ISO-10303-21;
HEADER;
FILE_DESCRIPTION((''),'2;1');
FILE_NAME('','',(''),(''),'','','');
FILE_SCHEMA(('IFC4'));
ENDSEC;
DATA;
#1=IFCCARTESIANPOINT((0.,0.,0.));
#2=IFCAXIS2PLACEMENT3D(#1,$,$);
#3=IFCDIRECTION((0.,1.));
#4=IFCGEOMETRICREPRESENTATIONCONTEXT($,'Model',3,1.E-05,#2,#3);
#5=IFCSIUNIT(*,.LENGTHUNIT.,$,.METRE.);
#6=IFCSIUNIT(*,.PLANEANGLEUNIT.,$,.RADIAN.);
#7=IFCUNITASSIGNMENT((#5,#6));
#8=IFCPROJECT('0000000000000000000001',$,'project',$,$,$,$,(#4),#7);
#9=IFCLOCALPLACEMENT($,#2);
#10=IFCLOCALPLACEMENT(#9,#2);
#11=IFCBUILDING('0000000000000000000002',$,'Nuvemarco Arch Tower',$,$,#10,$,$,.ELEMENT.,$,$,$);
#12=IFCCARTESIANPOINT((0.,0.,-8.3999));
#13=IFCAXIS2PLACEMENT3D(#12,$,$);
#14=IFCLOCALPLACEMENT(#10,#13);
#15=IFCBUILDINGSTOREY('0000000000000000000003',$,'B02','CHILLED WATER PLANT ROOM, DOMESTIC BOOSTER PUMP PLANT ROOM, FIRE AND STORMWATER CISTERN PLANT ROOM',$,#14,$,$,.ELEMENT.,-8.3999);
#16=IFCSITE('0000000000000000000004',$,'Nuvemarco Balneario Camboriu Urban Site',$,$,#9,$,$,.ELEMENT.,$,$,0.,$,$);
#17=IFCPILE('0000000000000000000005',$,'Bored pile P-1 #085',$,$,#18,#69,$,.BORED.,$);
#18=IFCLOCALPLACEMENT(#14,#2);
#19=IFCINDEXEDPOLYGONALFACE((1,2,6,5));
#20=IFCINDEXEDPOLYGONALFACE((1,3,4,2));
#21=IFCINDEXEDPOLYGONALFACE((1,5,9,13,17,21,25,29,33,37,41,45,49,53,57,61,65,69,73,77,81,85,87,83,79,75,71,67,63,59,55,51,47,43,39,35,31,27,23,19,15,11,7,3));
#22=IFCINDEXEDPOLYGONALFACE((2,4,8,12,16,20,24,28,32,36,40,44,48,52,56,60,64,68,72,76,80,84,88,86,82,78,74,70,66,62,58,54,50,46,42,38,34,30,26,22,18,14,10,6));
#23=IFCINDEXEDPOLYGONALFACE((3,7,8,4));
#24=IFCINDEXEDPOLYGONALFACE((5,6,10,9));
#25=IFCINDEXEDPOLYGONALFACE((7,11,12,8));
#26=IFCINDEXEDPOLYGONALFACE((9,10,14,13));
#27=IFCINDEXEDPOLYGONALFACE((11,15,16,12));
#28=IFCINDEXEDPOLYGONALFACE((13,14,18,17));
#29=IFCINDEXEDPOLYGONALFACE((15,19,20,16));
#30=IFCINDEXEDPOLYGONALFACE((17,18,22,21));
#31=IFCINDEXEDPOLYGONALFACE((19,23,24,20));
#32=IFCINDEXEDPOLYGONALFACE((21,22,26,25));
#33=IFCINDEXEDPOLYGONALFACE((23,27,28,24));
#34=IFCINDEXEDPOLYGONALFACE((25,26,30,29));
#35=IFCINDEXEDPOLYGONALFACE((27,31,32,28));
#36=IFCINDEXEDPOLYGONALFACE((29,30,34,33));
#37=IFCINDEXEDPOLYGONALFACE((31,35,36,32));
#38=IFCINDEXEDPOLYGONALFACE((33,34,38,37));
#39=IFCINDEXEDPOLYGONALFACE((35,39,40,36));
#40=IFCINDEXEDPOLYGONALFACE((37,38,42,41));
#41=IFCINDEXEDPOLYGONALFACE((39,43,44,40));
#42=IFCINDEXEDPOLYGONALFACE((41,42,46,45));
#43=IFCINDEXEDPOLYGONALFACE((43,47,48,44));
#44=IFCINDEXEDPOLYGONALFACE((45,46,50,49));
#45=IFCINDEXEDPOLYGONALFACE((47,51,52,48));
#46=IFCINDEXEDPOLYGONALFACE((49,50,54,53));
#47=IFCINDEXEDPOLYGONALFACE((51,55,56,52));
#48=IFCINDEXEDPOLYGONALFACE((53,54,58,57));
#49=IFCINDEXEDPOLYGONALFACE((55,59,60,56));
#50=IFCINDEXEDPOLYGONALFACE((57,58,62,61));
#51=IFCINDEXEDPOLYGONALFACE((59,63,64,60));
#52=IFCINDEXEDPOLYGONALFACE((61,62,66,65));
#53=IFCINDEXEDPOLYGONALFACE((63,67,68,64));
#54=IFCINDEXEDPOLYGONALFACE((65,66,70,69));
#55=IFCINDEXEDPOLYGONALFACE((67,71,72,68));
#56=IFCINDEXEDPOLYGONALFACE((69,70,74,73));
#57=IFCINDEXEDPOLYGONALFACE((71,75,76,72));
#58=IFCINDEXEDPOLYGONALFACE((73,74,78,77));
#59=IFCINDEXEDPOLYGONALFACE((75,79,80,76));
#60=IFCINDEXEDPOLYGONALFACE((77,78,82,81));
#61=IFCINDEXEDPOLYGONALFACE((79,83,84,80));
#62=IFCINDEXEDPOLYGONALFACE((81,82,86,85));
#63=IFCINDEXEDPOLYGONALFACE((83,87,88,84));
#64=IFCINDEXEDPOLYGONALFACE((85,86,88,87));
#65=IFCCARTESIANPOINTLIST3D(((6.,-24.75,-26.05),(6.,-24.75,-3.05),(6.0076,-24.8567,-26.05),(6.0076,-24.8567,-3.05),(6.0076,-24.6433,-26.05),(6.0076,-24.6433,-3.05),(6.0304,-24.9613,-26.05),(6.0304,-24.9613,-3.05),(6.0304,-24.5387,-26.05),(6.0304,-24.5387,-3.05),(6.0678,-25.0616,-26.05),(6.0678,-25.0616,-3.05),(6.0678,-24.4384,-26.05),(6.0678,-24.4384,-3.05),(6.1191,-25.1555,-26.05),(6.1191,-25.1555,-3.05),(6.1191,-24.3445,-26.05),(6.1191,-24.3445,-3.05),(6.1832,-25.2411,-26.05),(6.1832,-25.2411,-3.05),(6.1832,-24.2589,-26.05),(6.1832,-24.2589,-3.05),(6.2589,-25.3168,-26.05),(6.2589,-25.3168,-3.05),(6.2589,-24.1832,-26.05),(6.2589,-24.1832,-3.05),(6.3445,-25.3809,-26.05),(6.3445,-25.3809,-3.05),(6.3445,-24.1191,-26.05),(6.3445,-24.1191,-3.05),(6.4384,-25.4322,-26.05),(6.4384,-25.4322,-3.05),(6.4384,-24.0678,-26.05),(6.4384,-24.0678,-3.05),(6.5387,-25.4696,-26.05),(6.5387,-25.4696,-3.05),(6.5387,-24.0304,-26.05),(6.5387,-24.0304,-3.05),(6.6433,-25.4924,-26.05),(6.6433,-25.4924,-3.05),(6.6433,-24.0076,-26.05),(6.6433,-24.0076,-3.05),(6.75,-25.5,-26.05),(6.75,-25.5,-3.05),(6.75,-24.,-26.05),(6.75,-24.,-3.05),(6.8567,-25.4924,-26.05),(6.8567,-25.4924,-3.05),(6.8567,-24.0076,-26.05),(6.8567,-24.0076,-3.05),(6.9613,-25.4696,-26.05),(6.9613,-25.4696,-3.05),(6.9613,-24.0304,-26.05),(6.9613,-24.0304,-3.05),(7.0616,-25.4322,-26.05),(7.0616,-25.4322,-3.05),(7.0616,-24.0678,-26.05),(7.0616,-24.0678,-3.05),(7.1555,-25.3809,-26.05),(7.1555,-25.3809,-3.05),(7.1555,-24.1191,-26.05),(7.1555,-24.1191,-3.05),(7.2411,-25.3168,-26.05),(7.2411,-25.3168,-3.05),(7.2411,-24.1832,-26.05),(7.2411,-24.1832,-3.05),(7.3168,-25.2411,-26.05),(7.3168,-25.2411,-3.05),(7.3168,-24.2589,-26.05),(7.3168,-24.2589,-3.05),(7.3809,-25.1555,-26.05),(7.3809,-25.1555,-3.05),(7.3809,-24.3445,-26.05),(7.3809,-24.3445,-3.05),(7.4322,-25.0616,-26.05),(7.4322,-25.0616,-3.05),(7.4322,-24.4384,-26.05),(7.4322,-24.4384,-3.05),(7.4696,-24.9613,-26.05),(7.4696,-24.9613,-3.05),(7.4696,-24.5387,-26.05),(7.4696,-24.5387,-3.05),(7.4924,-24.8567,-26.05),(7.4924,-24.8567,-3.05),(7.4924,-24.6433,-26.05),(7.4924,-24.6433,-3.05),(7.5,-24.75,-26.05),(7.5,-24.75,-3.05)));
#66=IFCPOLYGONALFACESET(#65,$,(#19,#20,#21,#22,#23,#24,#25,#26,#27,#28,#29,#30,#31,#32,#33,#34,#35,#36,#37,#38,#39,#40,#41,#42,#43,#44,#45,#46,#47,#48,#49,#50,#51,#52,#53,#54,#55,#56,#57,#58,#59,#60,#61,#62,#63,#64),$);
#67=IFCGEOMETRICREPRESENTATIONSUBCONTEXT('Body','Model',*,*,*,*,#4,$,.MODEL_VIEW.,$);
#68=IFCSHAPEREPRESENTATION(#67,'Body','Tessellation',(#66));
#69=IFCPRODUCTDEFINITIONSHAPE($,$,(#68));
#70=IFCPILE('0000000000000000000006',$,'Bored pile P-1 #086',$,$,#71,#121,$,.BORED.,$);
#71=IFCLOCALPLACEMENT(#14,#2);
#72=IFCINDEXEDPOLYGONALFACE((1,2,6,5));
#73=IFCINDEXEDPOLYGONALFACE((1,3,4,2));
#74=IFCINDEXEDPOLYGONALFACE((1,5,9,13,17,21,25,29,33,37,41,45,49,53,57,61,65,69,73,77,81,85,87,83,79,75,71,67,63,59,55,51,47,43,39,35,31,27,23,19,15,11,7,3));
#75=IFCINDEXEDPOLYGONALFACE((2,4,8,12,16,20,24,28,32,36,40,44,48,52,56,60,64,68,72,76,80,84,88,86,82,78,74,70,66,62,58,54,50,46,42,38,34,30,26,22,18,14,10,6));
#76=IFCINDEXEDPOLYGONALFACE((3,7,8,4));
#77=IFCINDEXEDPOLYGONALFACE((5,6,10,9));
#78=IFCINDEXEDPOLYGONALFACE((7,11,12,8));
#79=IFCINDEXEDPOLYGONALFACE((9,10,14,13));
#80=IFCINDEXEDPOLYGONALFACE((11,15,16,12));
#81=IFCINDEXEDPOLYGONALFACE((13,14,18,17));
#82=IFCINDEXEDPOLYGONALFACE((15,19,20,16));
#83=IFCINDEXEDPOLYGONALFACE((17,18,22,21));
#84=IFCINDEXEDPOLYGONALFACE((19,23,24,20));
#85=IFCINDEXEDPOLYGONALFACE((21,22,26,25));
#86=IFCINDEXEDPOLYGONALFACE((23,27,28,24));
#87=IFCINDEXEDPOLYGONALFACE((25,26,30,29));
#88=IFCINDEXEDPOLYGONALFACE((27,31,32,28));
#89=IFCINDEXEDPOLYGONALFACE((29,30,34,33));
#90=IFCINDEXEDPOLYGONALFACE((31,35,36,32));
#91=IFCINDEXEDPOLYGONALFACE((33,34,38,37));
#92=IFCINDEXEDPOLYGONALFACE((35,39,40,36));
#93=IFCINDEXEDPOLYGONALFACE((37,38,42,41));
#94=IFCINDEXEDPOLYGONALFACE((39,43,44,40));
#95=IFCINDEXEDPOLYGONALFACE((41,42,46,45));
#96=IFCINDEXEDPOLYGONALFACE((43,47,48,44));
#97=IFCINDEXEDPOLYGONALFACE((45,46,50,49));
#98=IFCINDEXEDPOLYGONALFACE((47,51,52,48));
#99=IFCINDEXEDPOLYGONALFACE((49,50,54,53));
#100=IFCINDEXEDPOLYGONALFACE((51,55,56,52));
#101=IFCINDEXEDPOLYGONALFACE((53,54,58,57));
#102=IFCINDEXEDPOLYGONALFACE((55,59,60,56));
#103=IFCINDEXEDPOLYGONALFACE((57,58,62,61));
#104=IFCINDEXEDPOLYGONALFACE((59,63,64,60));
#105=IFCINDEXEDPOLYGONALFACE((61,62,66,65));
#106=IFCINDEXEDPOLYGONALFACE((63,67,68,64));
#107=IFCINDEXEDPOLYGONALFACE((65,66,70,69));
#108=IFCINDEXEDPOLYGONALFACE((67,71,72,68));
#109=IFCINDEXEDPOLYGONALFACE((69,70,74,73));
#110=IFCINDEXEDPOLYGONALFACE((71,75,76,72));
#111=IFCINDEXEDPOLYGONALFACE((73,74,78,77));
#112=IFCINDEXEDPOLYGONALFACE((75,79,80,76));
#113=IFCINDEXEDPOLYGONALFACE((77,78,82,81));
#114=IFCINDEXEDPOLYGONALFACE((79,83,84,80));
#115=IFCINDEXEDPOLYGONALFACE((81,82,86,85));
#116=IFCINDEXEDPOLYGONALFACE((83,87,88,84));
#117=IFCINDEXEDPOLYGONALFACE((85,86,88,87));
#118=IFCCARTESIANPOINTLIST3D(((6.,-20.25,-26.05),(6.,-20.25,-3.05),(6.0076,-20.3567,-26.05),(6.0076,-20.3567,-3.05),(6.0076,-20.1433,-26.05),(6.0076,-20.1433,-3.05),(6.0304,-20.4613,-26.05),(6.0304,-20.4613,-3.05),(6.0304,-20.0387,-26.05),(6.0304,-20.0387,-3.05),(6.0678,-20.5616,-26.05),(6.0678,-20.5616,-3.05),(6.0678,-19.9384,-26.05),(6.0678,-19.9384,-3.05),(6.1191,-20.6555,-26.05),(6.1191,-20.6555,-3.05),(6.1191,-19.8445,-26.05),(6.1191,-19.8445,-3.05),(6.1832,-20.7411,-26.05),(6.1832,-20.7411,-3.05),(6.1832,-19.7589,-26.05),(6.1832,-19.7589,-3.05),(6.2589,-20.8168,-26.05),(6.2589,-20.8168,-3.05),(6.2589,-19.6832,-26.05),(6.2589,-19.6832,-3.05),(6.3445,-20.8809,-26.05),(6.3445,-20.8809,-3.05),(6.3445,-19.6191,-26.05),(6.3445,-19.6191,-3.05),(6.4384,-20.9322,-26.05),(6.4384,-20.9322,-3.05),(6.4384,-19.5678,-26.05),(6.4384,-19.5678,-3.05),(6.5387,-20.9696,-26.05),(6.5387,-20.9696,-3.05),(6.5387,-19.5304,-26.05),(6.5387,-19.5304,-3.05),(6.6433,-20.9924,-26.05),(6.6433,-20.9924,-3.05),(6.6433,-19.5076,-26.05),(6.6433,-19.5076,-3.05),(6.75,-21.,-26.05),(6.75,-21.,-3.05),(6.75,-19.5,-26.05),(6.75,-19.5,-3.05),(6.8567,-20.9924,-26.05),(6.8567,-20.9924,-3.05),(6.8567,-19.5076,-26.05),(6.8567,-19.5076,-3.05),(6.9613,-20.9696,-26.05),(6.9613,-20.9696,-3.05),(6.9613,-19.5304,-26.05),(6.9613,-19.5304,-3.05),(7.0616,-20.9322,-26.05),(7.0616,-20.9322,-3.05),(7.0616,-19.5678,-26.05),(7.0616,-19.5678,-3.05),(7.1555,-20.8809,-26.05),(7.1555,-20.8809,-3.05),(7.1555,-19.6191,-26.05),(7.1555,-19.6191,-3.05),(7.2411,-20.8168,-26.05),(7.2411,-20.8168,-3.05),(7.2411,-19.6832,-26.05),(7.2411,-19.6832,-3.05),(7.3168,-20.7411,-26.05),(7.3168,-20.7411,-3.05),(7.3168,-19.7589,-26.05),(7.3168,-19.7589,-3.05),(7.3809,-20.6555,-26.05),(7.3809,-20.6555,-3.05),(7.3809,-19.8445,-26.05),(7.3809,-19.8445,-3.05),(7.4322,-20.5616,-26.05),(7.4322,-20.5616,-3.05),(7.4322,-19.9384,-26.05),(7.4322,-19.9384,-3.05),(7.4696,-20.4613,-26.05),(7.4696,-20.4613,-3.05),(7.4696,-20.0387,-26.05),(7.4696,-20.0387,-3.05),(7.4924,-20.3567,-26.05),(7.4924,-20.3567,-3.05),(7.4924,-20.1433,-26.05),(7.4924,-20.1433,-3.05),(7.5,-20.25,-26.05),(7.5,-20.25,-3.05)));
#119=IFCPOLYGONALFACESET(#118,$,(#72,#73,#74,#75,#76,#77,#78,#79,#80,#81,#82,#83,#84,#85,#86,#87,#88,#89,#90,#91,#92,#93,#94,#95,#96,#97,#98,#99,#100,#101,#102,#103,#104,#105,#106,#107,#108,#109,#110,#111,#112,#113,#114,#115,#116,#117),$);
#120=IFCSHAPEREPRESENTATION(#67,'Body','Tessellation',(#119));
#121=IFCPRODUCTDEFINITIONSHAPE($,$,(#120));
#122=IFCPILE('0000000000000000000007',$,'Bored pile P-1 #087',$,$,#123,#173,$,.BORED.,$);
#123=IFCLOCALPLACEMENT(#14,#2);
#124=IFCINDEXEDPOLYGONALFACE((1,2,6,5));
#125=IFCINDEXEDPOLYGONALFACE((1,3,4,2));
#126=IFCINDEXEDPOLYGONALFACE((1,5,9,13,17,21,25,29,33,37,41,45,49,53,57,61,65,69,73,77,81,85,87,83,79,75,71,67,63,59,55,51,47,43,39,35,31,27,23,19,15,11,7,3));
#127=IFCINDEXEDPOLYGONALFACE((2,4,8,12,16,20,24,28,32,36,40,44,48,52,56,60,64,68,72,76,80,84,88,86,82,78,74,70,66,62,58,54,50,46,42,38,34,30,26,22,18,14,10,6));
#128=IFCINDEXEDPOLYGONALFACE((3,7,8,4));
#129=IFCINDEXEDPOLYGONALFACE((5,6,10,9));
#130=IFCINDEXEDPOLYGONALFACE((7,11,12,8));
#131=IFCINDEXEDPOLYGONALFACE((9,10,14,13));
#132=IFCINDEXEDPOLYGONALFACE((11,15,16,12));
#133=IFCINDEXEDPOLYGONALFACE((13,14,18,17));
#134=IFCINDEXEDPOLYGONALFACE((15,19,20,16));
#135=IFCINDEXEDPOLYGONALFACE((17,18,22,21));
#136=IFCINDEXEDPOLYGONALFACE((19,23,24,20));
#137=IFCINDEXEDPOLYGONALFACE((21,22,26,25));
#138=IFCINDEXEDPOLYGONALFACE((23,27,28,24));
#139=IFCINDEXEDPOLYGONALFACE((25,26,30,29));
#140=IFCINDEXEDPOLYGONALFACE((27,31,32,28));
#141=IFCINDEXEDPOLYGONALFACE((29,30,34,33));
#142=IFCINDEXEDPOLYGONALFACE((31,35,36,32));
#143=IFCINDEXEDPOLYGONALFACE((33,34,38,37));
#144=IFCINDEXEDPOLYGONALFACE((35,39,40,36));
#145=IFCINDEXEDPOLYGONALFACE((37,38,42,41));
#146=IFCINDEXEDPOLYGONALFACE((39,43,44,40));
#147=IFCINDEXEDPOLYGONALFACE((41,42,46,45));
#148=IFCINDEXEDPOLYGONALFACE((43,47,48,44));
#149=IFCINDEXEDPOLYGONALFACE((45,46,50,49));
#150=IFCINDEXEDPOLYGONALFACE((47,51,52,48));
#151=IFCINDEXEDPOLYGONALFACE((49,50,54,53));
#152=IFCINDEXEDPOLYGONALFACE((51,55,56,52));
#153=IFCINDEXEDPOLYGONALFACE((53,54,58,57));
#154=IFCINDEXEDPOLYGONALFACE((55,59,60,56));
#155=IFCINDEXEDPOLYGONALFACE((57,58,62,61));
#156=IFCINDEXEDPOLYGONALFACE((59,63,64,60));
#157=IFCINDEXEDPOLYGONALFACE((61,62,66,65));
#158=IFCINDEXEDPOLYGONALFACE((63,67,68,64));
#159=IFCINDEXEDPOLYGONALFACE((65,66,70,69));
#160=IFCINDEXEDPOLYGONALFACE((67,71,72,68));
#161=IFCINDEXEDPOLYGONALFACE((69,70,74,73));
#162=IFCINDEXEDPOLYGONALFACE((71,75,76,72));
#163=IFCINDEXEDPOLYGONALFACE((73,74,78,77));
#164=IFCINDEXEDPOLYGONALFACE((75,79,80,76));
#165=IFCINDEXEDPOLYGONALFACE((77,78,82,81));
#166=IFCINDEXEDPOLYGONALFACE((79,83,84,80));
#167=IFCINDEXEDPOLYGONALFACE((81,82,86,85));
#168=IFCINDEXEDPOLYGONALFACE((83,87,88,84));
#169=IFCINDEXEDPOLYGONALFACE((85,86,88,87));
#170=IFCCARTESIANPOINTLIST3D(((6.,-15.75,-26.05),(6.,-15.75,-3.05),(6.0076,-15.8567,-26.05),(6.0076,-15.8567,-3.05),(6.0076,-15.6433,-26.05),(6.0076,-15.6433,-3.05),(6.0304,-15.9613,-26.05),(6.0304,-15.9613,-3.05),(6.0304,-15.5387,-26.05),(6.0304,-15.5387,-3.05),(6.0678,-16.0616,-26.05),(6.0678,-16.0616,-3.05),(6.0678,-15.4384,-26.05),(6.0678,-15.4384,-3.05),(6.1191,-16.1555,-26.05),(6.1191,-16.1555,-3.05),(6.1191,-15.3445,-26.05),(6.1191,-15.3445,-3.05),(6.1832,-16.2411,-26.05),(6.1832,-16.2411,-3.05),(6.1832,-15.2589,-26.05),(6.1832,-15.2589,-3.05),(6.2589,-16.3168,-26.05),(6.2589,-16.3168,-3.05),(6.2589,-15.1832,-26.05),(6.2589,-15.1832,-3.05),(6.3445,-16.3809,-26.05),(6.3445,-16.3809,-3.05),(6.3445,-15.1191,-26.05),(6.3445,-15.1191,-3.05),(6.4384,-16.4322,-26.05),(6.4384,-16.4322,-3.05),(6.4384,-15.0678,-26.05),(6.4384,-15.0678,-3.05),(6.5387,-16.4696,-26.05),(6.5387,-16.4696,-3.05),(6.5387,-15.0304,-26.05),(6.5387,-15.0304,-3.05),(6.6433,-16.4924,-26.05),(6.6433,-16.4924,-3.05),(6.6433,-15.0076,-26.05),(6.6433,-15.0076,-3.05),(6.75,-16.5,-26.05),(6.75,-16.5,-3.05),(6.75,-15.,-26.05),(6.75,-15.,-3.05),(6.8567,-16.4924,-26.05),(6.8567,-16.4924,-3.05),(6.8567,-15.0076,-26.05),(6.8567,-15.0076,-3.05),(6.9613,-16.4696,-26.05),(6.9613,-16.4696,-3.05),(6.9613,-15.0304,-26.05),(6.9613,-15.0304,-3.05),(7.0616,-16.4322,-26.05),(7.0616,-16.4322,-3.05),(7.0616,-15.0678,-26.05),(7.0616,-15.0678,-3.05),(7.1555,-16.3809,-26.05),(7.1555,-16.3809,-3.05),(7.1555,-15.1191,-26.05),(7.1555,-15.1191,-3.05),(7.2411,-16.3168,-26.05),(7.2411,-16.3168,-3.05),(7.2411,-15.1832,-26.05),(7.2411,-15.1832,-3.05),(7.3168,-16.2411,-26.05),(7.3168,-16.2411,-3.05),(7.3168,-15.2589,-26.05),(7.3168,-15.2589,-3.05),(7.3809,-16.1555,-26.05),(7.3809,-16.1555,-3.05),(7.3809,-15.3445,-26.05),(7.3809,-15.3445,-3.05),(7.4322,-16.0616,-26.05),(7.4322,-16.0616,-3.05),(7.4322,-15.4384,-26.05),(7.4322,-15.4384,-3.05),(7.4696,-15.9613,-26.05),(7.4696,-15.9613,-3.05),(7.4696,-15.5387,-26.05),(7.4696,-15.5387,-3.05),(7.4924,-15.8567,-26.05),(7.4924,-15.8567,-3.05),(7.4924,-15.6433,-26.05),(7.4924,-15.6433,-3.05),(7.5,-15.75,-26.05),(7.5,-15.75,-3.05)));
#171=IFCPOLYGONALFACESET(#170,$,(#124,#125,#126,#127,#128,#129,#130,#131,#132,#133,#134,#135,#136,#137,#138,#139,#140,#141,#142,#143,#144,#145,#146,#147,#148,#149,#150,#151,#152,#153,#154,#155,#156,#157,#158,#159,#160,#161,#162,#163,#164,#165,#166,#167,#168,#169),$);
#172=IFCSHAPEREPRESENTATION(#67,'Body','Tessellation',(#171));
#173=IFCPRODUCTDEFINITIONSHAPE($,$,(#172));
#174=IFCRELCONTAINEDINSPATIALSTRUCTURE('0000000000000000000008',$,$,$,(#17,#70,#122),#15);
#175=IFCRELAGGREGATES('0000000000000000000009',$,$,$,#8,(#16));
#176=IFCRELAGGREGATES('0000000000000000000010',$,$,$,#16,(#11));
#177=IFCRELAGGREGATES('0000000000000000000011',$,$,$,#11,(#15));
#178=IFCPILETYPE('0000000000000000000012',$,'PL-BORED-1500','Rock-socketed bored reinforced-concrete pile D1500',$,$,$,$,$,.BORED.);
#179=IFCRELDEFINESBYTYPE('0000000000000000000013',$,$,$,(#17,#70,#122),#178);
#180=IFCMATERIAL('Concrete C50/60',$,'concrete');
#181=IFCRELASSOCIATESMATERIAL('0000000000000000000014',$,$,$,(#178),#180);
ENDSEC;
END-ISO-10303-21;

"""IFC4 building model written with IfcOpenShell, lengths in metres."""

from ifc_helpers import new_model, si_unit, direction, frame, origin, origin_2d, place, context, subcontext, project, spatial, circle, extrude, material, material_profile, profile_set, type_object, element, save


model = new_model("IFC4")

# Units and contexts
model_context = context("Model", 3, precision=1e-05, world=origin(), true_north=direction((0.0, 1.0)))
body_context = subcontext(model_context, "Body", "Model", "MODEL_VIEW")
ifc_project = project(units=[si_unit("LENGTHUNIT", "METRE"), si_unit("PLANEANGLEUNIT", "RADIAN")], contexts=[model_context])

# Site, building, storey
site_placement = place(None, origin())
site = spatial("IfcSite", under=ifc_project, at=site_placement, Name="Nuvemarco Balneario Camboriu Urban Site", CompositionType="ELEMENT", RefElevation=0.0)
building_placement = place(site_placement, origin())
building = spatial("IfcBuilding", under=site, at=building_placement, Name="Nuvemarco Arch Tower", CompositionType="ELEMENT")
storey_placement = place(building_placement, frame((0.0, 0.0, -8.3999)))
storey = spatial("IfcBuildingStorey", under=building, at=storey_placement, Name="B02", Description="CHILLED WATER PLANT ROOM, DOMESTIC BOOSTER PUMP PLANT ROOM, FIRE AND STORMWATER CISTERN PLANT ROOM", CompositionType="ELEMENT", Elevation=-8.3999)

# Piles
ifc_material_1 = material(Name="Concrete C50/60", Category="concrete")
ifc_material_profile_1 = material_profile(ifc_material_1, circle(Radius=0.75, at=origin_2d()), Name="PILE-D1500")
ifc_profile_set_1 = profile_set([ifc_material_profile_1], Name="Concrete C50/60")
pile_type = type_object("IfcPileType", Name="PL-BORED-1500", Description="Rock-socketed bored reinforced-concrete pile D1500", PredefinedType="BORED", material=ifc_profile_set_1)
for number, where, z_axis, x_axis, name in (
    (1, (6.75, -24.75, -3.05), (0.0, 0.0, -1.0), (1.0, 0.0, 0.0), "Bored pile P-1 #085"),
    (2, (6.75, -20.25, -3.05), (0.0, 0.0, -1.0), (1.0, 0.0, 0.0), "Bored pile P-1 #086"),
    (3, (6.75, -15.75, -3.05), (0.0, 0.0, -1.0), (1.0, 0.0, 0.0), "Bored pile P-1 #087"),
):
    element("IfcPile", number, at=place(storey_placement, frame(where, z_axis=z_axis, x_axis=x_axis)), inside=storey, type_object=pile_type, Name=name, PredefinedType="BORED", context=body_context, shape_type="SweptSolid", body=[
        extrude(circle(Radius=0.75, at=origin_2d()), origin(), (0.0, 0.0, 1.0), 23.0),
    ])

save(model, "model.ifc")
